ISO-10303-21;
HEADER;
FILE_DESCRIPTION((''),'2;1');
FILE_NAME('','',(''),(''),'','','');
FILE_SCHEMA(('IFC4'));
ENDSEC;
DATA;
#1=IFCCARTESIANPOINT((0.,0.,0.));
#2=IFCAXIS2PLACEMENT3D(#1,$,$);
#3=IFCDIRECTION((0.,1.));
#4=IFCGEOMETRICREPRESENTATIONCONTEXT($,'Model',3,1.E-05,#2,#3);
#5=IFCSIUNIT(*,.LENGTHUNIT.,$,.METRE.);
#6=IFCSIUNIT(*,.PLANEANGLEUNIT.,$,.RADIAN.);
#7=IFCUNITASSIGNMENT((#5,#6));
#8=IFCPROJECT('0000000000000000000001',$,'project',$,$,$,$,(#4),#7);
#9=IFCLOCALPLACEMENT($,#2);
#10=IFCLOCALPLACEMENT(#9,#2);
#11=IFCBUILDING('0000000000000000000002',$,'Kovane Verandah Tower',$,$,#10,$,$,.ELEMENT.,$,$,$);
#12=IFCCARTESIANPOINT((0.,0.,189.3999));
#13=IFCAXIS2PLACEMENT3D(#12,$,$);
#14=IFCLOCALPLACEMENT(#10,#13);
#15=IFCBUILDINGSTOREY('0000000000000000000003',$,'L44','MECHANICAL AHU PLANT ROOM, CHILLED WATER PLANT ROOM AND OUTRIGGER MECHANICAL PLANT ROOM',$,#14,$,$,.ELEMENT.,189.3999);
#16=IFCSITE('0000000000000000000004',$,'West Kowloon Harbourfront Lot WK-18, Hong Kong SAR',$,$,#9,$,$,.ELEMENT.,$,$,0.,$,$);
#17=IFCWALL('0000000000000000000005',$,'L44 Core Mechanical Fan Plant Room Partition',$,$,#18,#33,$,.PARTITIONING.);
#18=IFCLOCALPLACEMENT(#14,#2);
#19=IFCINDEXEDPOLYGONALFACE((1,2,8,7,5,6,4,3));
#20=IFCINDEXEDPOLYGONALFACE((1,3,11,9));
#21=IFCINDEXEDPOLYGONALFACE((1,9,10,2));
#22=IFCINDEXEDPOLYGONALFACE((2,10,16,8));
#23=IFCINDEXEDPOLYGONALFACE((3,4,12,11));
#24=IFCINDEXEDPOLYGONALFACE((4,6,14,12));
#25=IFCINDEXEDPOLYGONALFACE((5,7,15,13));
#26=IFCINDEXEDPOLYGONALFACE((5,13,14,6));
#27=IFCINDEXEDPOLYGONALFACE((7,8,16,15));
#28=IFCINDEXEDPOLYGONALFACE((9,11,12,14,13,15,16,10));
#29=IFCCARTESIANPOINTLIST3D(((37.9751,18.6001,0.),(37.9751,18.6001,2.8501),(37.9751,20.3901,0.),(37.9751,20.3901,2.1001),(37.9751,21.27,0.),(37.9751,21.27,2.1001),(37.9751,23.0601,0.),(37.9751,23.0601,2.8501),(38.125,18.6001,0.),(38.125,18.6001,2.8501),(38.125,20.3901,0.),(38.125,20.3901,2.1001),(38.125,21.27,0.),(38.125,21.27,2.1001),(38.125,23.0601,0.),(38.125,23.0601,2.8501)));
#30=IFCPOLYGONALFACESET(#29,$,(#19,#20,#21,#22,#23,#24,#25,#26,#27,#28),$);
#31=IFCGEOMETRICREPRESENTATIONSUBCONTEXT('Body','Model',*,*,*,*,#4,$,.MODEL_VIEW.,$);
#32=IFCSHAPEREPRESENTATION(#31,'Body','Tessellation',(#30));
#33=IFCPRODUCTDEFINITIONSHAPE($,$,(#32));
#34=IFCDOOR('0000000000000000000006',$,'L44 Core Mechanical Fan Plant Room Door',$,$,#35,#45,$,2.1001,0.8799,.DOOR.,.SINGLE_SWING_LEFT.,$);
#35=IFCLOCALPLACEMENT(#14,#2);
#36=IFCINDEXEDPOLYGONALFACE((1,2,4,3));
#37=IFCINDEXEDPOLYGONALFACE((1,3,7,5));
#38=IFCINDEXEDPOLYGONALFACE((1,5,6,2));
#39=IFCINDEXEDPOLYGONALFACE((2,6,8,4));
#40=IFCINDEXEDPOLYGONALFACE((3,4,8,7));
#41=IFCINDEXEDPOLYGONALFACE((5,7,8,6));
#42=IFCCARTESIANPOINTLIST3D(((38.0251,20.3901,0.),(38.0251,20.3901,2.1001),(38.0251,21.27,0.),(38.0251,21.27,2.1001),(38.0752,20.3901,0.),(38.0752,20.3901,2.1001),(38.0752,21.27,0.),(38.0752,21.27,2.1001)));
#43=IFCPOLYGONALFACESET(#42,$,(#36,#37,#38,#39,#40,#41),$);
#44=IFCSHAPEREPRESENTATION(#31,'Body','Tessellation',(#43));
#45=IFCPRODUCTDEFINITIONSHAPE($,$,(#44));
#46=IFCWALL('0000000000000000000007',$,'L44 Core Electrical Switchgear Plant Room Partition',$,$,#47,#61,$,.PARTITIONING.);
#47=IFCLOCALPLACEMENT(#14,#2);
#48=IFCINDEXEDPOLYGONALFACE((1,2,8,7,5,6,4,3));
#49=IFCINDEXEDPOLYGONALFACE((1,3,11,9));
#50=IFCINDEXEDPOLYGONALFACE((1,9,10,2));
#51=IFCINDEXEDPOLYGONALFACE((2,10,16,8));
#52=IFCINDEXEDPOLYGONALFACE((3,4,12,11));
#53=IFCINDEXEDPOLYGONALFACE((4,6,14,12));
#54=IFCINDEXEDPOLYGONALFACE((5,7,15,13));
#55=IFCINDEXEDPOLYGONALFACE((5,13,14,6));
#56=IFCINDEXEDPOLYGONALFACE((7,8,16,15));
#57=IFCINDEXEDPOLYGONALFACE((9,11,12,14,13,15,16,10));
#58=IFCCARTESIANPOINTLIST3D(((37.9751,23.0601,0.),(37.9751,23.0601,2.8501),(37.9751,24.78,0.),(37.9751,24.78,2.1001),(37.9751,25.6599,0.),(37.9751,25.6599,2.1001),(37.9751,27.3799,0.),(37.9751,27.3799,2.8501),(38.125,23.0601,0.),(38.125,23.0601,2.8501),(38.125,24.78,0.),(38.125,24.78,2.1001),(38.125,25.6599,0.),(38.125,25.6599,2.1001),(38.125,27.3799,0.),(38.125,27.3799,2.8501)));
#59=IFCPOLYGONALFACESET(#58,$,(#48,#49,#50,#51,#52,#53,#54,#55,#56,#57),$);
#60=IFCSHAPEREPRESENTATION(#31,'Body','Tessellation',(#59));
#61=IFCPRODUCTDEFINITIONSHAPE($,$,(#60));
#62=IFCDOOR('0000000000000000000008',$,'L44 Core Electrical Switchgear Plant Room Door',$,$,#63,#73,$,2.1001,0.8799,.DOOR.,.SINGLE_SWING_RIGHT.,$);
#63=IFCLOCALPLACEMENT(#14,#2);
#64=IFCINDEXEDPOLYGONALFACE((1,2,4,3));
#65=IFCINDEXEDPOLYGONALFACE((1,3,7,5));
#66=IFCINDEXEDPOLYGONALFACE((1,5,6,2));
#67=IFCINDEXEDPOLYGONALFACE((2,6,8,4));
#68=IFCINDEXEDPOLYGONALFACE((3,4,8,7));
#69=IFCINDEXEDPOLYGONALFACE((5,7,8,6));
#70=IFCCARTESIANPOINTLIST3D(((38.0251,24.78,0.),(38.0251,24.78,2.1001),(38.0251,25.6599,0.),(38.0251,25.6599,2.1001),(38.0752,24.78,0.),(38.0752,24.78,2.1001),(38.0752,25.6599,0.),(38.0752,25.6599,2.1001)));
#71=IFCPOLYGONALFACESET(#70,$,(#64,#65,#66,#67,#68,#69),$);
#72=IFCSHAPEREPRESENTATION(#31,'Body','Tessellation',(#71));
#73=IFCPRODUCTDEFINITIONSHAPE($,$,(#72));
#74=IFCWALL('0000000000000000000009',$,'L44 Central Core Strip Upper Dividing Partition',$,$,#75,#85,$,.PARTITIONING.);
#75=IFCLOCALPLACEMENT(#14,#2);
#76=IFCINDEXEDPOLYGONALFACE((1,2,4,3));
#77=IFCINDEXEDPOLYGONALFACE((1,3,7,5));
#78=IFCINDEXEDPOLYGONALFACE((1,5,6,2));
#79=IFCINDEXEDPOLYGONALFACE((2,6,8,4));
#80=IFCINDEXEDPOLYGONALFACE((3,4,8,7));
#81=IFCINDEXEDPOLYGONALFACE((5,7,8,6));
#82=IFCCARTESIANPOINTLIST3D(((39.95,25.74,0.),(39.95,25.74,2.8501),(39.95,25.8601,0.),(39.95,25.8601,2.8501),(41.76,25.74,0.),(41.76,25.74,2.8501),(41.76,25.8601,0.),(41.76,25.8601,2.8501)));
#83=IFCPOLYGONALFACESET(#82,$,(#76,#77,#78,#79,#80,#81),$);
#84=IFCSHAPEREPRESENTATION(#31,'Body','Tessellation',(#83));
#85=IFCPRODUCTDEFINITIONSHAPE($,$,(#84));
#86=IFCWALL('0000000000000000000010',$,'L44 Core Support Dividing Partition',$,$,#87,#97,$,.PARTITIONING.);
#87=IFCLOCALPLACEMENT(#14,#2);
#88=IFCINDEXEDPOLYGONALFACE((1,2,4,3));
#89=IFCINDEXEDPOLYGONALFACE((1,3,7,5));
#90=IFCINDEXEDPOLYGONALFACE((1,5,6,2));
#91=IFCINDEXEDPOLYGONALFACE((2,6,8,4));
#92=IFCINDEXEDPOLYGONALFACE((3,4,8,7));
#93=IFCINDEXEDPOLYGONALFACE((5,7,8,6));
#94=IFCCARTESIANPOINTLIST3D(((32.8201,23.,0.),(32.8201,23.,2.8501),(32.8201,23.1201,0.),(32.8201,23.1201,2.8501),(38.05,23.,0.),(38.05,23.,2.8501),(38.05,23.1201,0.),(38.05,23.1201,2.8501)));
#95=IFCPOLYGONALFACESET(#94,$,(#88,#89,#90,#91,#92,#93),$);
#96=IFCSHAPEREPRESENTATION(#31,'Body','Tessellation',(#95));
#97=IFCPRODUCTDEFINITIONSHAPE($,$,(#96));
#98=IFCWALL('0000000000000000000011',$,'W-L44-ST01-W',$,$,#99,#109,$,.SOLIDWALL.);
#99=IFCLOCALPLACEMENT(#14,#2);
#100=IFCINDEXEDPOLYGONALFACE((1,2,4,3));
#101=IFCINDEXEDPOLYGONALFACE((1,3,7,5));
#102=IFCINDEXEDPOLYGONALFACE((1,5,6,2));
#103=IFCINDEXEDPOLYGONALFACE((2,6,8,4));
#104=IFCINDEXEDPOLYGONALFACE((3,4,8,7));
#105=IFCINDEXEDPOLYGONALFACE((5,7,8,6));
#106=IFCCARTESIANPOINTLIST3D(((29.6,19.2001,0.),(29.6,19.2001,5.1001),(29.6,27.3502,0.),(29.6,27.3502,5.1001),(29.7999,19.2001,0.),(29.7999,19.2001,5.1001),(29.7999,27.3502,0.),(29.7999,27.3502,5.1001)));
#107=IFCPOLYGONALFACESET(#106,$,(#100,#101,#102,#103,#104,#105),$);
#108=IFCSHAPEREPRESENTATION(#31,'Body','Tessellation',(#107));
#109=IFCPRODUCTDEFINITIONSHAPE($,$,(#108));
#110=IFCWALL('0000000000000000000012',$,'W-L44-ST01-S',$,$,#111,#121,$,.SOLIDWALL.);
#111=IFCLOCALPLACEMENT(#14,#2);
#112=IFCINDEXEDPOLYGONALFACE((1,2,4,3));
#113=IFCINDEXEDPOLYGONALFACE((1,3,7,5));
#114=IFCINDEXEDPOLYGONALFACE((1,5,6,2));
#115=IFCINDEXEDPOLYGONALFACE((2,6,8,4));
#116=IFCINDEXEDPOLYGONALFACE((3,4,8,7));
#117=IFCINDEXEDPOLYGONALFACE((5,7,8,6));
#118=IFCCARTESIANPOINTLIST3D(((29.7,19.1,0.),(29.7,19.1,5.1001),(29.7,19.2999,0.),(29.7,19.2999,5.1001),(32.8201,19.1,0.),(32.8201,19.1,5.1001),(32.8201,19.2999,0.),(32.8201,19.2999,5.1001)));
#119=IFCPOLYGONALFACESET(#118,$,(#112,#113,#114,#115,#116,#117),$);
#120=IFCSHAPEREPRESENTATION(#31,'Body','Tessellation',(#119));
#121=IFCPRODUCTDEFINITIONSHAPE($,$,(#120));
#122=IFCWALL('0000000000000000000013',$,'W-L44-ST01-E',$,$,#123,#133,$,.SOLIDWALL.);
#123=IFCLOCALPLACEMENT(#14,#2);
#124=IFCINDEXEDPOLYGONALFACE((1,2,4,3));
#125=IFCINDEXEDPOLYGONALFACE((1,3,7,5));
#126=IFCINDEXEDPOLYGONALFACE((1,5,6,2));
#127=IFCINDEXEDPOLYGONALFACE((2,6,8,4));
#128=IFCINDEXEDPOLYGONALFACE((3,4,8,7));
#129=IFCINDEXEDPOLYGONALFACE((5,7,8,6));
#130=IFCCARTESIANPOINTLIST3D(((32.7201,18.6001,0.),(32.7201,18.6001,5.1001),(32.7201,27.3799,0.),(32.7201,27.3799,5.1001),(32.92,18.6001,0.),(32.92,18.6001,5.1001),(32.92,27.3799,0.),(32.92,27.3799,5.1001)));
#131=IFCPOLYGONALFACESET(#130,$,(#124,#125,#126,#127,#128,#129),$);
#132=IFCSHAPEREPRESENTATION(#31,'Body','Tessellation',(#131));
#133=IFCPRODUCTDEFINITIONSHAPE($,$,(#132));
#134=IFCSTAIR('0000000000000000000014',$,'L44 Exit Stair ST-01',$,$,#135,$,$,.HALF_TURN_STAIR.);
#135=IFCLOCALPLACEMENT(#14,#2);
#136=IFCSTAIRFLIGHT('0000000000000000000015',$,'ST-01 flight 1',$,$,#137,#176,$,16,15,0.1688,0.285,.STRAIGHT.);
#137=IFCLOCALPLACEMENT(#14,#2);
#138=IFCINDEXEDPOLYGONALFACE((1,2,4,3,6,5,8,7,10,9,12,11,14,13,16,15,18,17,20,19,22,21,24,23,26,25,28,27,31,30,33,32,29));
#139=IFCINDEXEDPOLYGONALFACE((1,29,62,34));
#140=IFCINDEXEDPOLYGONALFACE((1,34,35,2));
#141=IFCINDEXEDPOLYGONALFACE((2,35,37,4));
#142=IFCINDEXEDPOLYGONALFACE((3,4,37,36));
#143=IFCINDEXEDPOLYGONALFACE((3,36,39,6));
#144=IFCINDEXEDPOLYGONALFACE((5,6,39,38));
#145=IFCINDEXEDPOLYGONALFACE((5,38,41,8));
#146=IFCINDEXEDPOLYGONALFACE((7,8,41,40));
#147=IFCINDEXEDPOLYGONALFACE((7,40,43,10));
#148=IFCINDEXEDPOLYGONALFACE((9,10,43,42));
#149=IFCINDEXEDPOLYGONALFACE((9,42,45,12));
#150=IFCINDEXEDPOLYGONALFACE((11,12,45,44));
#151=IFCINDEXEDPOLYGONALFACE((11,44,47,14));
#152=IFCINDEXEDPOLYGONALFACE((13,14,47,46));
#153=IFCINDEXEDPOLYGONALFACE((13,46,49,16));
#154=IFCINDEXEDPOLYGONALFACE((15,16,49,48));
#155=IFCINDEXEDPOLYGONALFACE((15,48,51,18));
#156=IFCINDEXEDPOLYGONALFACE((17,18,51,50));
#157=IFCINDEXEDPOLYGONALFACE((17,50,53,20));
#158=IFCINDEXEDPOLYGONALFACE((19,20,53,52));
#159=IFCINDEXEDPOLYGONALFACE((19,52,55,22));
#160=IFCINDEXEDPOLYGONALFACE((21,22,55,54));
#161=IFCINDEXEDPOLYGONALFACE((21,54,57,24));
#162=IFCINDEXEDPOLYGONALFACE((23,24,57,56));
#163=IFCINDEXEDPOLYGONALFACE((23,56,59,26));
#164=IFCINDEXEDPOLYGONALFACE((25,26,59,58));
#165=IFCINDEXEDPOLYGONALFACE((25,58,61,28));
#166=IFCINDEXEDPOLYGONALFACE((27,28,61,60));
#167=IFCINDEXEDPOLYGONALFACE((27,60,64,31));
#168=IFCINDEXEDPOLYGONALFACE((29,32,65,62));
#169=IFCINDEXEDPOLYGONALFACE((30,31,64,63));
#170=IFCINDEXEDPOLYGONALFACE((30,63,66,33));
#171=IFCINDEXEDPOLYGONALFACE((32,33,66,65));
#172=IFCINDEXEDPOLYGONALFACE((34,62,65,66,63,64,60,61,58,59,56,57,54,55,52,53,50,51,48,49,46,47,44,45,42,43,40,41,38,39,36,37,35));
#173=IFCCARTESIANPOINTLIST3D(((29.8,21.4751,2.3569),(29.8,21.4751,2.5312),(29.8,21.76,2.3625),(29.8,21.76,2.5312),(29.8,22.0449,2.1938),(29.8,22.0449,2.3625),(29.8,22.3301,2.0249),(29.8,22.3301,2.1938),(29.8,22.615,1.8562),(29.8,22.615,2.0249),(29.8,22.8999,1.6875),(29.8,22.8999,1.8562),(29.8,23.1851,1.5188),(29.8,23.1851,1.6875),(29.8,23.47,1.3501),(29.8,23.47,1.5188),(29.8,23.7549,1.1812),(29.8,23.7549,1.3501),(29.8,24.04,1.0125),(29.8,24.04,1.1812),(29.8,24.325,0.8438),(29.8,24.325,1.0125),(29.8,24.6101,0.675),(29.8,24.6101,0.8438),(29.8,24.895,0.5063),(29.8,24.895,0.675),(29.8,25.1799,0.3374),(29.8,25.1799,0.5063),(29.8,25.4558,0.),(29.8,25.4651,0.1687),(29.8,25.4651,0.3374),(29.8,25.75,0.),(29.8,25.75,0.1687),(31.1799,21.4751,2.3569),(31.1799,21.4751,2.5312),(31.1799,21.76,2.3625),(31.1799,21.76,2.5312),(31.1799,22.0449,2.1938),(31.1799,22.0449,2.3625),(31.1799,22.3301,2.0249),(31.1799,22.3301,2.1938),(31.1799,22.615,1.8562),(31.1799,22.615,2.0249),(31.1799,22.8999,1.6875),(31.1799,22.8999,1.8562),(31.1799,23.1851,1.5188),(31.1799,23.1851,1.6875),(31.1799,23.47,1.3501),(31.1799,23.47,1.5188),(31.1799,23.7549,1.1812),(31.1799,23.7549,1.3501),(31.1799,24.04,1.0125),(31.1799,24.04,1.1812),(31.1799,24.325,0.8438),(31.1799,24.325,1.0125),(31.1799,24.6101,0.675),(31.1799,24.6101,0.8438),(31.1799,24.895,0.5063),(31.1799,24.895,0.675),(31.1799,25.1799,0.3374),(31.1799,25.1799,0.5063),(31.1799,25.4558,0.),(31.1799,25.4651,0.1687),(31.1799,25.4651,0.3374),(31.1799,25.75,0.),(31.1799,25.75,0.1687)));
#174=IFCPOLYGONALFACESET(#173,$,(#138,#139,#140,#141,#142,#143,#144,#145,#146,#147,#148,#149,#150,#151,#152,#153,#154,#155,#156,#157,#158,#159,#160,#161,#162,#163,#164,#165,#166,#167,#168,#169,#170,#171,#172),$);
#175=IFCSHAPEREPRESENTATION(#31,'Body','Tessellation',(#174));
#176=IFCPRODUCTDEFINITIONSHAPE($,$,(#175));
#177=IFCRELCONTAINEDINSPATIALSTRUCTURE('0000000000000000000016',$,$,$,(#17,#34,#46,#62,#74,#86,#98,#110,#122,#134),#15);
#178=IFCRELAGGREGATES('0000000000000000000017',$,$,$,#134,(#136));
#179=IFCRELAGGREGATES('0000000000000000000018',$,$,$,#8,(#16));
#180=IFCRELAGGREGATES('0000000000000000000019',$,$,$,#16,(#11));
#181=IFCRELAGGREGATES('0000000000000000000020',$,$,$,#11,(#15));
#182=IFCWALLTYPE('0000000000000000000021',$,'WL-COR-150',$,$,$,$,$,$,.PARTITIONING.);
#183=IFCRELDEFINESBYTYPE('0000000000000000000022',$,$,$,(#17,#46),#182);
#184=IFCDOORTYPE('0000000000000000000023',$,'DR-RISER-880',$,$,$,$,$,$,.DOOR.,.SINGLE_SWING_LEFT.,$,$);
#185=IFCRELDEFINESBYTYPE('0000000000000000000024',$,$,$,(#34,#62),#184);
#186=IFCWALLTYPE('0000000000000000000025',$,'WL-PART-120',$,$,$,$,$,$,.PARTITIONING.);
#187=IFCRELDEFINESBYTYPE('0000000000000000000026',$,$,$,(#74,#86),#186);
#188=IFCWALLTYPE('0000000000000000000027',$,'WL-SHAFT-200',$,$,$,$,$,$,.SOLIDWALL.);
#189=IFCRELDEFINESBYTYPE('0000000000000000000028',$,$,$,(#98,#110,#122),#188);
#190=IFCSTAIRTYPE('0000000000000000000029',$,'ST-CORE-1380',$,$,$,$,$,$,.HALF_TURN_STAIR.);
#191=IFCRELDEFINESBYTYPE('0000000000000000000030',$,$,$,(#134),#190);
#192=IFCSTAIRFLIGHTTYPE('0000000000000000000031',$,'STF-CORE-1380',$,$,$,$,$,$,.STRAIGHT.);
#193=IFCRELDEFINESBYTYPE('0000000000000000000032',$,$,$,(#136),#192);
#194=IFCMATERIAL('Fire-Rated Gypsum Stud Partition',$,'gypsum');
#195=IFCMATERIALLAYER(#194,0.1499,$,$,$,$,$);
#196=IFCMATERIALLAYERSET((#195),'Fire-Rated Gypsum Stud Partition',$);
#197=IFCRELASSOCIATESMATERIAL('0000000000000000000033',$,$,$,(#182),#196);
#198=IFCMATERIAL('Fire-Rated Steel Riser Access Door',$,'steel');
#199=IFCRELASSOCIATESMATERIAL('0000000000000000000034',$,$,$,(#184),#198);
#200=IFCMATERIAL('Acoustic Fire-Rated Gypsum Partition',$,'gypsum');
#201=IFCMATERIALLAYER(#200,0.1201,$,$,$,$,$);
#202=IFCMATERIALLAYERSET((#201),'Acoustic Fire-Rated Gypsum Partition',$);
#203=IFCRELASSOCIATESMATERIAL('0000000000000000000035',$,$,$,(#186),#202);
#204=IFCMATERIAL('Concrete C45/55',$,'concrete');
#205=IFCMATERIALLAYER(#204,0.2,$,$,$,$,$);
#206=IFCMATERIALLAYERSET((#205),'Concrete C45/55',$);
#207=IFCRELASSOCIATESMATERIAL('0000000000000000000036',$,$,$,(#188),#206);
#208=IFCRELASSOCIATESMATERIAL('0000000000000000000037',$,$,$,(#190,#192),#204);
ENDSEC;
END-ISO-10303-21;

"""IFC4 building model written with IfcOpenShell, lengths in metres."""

from ifc_helpers import new_model, si_unit, direction, frame, frame_2d, origin, place, context, subcontext, project, spatial, polyline, rectangle, outline, extrude, material, layer, layer_set, type_object, element, fill, aggregate, save


model = new_model("IFC4")

# Units and contexts
model_context = context("Model", 3, precision=1e-05, world=origin(), true_north=direction((0.0, 1.0)))
body_context = subcontext(model_context, "Body", "Model", "MODEL_VIEW")
ifc_project = project(units=[si_unit("LENGTHUNIT", "METRE"), si_unit("PLANEANGLEUNIT", "RADIAN")], contexts=[model_context])

# Site, building, storey
site_placement = place(None, origin())
site = spatial("IfcSite", under=ifc_project, at=site_placement, Name="West Kowloon Harbourfront Lot WK-18, Hong Kong SAR", CompositionType="ELEMENT", RefElevation=0.0)
building_placement = place(site_placement, origin())
building = spatial("IfcBuilding", under=site, at=building_placement, Name="Kovane Verandah Tower", CompositionType="ELEMENT")
storey_placement = place(building_placement, frame((0.0, 0.0, 189.3999)))
storey = spatial("IfcBuildingStorey", under=building, at=storey_placement, Name="L44", Description="MECHANICAL AHU PLANT ROOM, CHILLED WATER PLANT ROOM AND OUTRIGGER MECHANICAL PLANT ROOM", CompositionType="ELEMENT", Elevation=189.3999)

# Shared definitions
ifc_material_1 = material(Name="Fire-Rated Gypsum Stud Partition", Category="gypsum")
ifc_layer_1 = layer(ifc_material_1, 0.1499)
ifc_layer_set_1 = layer_set([ifc_layer_1], Name="Fire-Rated Gypsum Stud Partition")
wall_type_1 = type_object("IfcWallType", Name="WL-COR-150", PredefinedType="PARTITIONING", material=ifc_layer_set_1)

# Walls, openings, doors
wall_1_placement = place(storey_placement, frame((38.05, 18.6001, 0.0), z_axis=(0.0, 0.0, 1.0), x_axis=(0.0, 1.0, 0.0)))
wall_1 = element("IfcWall", 1, at=wall_1_placement, inside=storey, type_object=wall_type_1, Name="L44 Core Mechanical Fan Plant Room Partition", PredefinedType="PARTITIONING", context=body_context, shape_type="SweptSolid", body=[
    extrude(rectangle(XDim=4.46, YDim=0.1499, at=frame_2d((2.23, 0.0))), origin(), (0.0, 0.0, 1.0), 2.8501),
])
opening_1_placement = place(wall_1_placement, frame((1.79, 0.0, 0.0)))
opening_1 = element("IfcOpeningElement", 2, at=opening_1_placement, cuts=wall_1, PredefinedType="OPENING", context=body_context, shape_type="SweptSolid", body=[
    extrude(rectangle(XDim=0.8799, YDim=2.1001, at=frame_2d((0.4399, 1.05))), frame((0.0, 0.075, 0.0), z_axis=(0.0, -1.0, 0.0), x_axis=(1.0, 0.0, 0.0)), (0.0, 0.0, 1.0), 0.1499),
])
ifc_material_2 = material(Name="Fire-Rated Steel Riser Access Door", Category="steel")
door_type_1 = type_object("IfcDoorType", Name="DR-RISER-880", OperationType="SINGLE_SWING_LEFT", PredefinedType="DOOR", material=ifc_material_2)
door_1_placement = place(opening_1_placement, origin())
door_1 = element("IfcDoor", 3, at=door_1_placement, inside=storey, type_object=door_type_1, Name="L44 Core Mechanical Fan Plant Room Door", OperationType="SINGLE_SWING_LEFT", OverallHeight=2.1001, OverallWidth=0.8799, PredefinedType="DOOR", context=body_context, shape_type="SweptSolid", body=[
    extrude(rectangle(XDim=0.8799, YDim=2.1001, at=frame_2d((0.4399, 1.05))), frame((0.0, 0.0249, 0.0), z_axis=(0.0, -1.0, 0.0), x_axis=(1.0, 0.0, 0.0)), (0.0, 0.0, 1.0), 0.05),
])
fill(opening_1, door_1)
wall_2_placement = place(storey_placement, frame((38.05, 23.0601, 0.0), z_axis=(0.0, 0.0, 1.0), x_axis=(0.0, 1.0, 0.0)))
wall_2 = element("IfcWall", 4, at=wall_2_placement, inside=storey, type_object=wall_type_1, Name="L44 Core Electrical Switchgear Plant Room Partition", PredefinedType="PARTITIONING", context=body_context, shape_type="SweptSolid", body=[
    extrude(rectangle(XDim=4.3198, YDim=0.1499, at=frame_2d((2.1599, 0.0))), origin(), (0.0, 0.0, 1.0), 2.8501),
])
opening_2_placement = place(wall_2_placement, frame((1.72, 0.0, 0.0)))
opening_2 = element("IfcOpeningElement", 5, at=opening_2_placement, cuts=wall_2, PredefinedType="OPENING", context=body_context, shape_type="SweptSolid", body=[
    extrude(rectangle(XDim=0.8799, YDim=2.1001, at=frame_2d((0.4399, 1.05))), frame((0.0, 0.075, 0.0), z_axis=(0.0, -1.0, 0.0), x_axis=(1.0, 0.0, 0.0)), (0.0, 0.0, 1.0), 0.1499),
])
door_2_placement = place(opening_2_placement, origin())
door_2 = element("IfcDoor", 6, at=door_2_placement, inside=storey, type_object=door_type_1, Name="L44 Core Electrical Switchgear Plant Room Door", OperationType="SINGLE_SWING_RIGHT", OverallHeight=2.1001, OverallWidth=0.8799, PredefinedType="DOOR", context=body_context, shape_type="SweptSolid", body=[
    extrude(rectangle(XDim=0.8799, YDim=2.1001, at=frame_2d((0.4399, 1.05))), frame((0.0, 0.0249, 0.0), z_axis=(0.0, -1.0, 0.0), x_axis=(1.0, 0.0, 0.0)), (0.0, 0.0, 1.0), 0.05),
])
fill(opening_2, door_2)

# Walls
ifc_material_3 = material(Name="Acoustic Fire-Rated Gypsum Partition", Category="gypsum")
ifc_layer_2 = layer(ifc_material_3, 0.1201)
ifc_layer_set_2 = layer_set([ifc_layer_2], Name="Acoustic Fire-Rated Gypsum Partition")
wall_type_2 = type_object("IfcWallType", Name="WL-PART-120", PredefinedType="PARTITIONING", material=ifc_layer_set_2)
wall_3_placement = place(storey_placement, frame((39.95, 25.8, 0.0), z_axis=(0.0, 0.0, 1.0), x_axis=(1.0, 0.0, 0.0)))
element("IfcWall", 7, at=wall_3_placement, inside=storey, type_object=wall_type_2, Name="L44 Central Core Strip Upper Dividing Partition", PredefinedType="PARTITIONING", context=body_context, shape_type="SweptSolid", body=[
    extrude(rectangle(XDim=1.8101, YDim=0.1201, at=frame_2d((0.905, 0.0))), origin(), (0.0, 0.0, 1.0), 2.8501),
])
wall_4_placement = place(storey_placement, frame((32.8201, 23.0601, 0.0), z_axis=(0.0, 0.0, 1.0), x_axis=(1.0, 0.0, 0.0)))
element("IfcWall", 8, at=wall_4_placement, inside=storey, type_object=wall_type_2, Name="L44 Core Support Dividing Partition", PredefinedType="PARTITIONING", context=body_context, shape_type="SweptSolid", body=[
    extrude(rectangle(XDim=5.23, YDim=0.1201, at=frame_2d((2.615, 0.0))), origin(), (0.0, 0.0, 1.0), 2.8501),
])
ifc_material_4 = material(Name="Concrete C45/55", Category="concrete")
ifc_layer_3 = layer(ifc_material_4, 0.2)
ifc_layer_set_3 = layer_set([ifc_layer_3], Name="Concrete C45/55")
wall_type_3 = type_object("IfcWallType", Name="WL-SHAFT-200", PredefinedType="SOLIDWALL", material=ifc_layer_set_3)
wall_5_placement = place(storey_placement, frame((29.7, 19.2, 0.0), z_axis=(0.0, 0.0, 1.0), x_axis=(0.0, 1.0, 0.0)))
element("IfcWall", 9, at=wall_5_placement, inside=storey, type_object=wall_type_3, Name="W-L44-ST01-W", PredefinedType="SOLIDWALL", context=body_context, shape_type="SweptSolid", body=[
    extrude(rectangle(XDim=8.1501, YDim=0.2, at=frame_2d((4.0752, 0.0))), origin(), (0.0, 0.0, 1.0), 5.1001),
])
wall_6_placement = place(storey_placement, frame((29.7, 19.2, 0.0), z_axis=(0.0, 0.0, 1.0), x_axis=(1.0, 0.0, 0.0)))
element("IfcWall", 10, at=wall_6_placement, inside=storey, type_object=wall_type_3, Name="W-L44-ST01-S", PredefinedType="SOLIDWALL", context=body_context, shape_type="SweptSolid", body=[
    extrude(rectangle(XDim=3.1201, YDim=0.2, at=frame_2d((1.5601, 0.0))), origin(), (0.0, 0.0, 1.0), 5.1001),
])
wall_7_placement = place(storey_placement, frame((32.8201, 18.6001, 0.0), z_axis=(0.0, 0.0, 1.0), x_axis=(0.0, 1.0, 0.0)))
element("IfcWall", 11, at=wall_7_placement, inside=storey, type_object=wall_type_3, Name="W-L44-ST01-E", PredefinedType="SOLIDWALL", context=body_context, shape_type="SweptSolid", body=[
    extrude(rectangle(XDim=8.7798, YDim=0.2, at=frame_2d((4.3899, 0.0))), origin(), (0.0, 0.0, 1.0), 5.1001),
])

# Stair, stair flight
stair_type = type_object("IfcStairType", Name="ST-CORE-1380", PredefinedType="HALF_TURN_STAIR", material=ifc_material_4)
stair_placement = place(storey_placement, origin())
stair = element("IfcStair", 12, at=stair_placement, inside=storey, type_object=stair_type, Name="L44 Exit Stair ST-01", PredefinedType="HALF_TURN_STAIR")
stair_flight_type = type_object("IfcStairFlightType", Name="STF-CORE-1380", PredefinedType="STRAIGHT", material=ifc_material_4)
stair_flight_1_placement = place(storey_placement, frame((30.49, 25.75, 0.0), z_axis=(0.0, 0.0, 1.0), x_axis=(0.0, -1.0, 0.0)))
stair_flight_1 = element("IfcStairFlight", 13, at=stair_flight_1_placement, type_object=stair_flight_type, Name="ST-01 flight 1", NumberOfRisers=16, NumberOfTreads=15, PredefinedType="STRAIGHT", RiserHeight=0.1688, TreadLength=0.285, context=body_context, shape_type="SweptSolid", body=[
    extrude(outline(polyline([(0.0, 0.0), (0.0, 0.1687), (0.2849, 0.1687), (0.2849, 0.3374), (0.5701, 0.3374), (0.5701, 0.5063), (0.855, 0.5063), (0.855, 0.675), (1.1399, 0.675), (1.1399, 0.8438), (1.425, 0.8438), (1.425, 1.0125), (1.71, 1.0125), (1.71, 1.1812), (1.9951, 1.1812), (1.9951, 1.3501), (2.28, 1.3501), (2.28, 1.5188), (2.5649, 1.5188), (2.5649, 1.6875), (2.8501, 1.6875), (2.8501, 1.8562), (3.135, 1.8562), (3.135, 2.0249), (3.4199, 2.0249), (3.4199, 2.1938), (3.7051, 2.1938), (3.7051, 2.3625), (3.99, 2.3625), (3.99, 2.5312), (4.2749, 2.5312), (4.2749, 2.7), (4.2749, 2.3569), (0.2942, 0.0), (0.0, 0.0)])), frame((0.0, 0.6899, 0.0), z_axis=(0.0, -1.0, 0.0), x_axis=(1.0, 0.0, 0.0)), (0.0, 0.0, 1.0), 1.3799),
])
aggregate(stair, [stair_flight_1])

save(model, "model.ifc")
